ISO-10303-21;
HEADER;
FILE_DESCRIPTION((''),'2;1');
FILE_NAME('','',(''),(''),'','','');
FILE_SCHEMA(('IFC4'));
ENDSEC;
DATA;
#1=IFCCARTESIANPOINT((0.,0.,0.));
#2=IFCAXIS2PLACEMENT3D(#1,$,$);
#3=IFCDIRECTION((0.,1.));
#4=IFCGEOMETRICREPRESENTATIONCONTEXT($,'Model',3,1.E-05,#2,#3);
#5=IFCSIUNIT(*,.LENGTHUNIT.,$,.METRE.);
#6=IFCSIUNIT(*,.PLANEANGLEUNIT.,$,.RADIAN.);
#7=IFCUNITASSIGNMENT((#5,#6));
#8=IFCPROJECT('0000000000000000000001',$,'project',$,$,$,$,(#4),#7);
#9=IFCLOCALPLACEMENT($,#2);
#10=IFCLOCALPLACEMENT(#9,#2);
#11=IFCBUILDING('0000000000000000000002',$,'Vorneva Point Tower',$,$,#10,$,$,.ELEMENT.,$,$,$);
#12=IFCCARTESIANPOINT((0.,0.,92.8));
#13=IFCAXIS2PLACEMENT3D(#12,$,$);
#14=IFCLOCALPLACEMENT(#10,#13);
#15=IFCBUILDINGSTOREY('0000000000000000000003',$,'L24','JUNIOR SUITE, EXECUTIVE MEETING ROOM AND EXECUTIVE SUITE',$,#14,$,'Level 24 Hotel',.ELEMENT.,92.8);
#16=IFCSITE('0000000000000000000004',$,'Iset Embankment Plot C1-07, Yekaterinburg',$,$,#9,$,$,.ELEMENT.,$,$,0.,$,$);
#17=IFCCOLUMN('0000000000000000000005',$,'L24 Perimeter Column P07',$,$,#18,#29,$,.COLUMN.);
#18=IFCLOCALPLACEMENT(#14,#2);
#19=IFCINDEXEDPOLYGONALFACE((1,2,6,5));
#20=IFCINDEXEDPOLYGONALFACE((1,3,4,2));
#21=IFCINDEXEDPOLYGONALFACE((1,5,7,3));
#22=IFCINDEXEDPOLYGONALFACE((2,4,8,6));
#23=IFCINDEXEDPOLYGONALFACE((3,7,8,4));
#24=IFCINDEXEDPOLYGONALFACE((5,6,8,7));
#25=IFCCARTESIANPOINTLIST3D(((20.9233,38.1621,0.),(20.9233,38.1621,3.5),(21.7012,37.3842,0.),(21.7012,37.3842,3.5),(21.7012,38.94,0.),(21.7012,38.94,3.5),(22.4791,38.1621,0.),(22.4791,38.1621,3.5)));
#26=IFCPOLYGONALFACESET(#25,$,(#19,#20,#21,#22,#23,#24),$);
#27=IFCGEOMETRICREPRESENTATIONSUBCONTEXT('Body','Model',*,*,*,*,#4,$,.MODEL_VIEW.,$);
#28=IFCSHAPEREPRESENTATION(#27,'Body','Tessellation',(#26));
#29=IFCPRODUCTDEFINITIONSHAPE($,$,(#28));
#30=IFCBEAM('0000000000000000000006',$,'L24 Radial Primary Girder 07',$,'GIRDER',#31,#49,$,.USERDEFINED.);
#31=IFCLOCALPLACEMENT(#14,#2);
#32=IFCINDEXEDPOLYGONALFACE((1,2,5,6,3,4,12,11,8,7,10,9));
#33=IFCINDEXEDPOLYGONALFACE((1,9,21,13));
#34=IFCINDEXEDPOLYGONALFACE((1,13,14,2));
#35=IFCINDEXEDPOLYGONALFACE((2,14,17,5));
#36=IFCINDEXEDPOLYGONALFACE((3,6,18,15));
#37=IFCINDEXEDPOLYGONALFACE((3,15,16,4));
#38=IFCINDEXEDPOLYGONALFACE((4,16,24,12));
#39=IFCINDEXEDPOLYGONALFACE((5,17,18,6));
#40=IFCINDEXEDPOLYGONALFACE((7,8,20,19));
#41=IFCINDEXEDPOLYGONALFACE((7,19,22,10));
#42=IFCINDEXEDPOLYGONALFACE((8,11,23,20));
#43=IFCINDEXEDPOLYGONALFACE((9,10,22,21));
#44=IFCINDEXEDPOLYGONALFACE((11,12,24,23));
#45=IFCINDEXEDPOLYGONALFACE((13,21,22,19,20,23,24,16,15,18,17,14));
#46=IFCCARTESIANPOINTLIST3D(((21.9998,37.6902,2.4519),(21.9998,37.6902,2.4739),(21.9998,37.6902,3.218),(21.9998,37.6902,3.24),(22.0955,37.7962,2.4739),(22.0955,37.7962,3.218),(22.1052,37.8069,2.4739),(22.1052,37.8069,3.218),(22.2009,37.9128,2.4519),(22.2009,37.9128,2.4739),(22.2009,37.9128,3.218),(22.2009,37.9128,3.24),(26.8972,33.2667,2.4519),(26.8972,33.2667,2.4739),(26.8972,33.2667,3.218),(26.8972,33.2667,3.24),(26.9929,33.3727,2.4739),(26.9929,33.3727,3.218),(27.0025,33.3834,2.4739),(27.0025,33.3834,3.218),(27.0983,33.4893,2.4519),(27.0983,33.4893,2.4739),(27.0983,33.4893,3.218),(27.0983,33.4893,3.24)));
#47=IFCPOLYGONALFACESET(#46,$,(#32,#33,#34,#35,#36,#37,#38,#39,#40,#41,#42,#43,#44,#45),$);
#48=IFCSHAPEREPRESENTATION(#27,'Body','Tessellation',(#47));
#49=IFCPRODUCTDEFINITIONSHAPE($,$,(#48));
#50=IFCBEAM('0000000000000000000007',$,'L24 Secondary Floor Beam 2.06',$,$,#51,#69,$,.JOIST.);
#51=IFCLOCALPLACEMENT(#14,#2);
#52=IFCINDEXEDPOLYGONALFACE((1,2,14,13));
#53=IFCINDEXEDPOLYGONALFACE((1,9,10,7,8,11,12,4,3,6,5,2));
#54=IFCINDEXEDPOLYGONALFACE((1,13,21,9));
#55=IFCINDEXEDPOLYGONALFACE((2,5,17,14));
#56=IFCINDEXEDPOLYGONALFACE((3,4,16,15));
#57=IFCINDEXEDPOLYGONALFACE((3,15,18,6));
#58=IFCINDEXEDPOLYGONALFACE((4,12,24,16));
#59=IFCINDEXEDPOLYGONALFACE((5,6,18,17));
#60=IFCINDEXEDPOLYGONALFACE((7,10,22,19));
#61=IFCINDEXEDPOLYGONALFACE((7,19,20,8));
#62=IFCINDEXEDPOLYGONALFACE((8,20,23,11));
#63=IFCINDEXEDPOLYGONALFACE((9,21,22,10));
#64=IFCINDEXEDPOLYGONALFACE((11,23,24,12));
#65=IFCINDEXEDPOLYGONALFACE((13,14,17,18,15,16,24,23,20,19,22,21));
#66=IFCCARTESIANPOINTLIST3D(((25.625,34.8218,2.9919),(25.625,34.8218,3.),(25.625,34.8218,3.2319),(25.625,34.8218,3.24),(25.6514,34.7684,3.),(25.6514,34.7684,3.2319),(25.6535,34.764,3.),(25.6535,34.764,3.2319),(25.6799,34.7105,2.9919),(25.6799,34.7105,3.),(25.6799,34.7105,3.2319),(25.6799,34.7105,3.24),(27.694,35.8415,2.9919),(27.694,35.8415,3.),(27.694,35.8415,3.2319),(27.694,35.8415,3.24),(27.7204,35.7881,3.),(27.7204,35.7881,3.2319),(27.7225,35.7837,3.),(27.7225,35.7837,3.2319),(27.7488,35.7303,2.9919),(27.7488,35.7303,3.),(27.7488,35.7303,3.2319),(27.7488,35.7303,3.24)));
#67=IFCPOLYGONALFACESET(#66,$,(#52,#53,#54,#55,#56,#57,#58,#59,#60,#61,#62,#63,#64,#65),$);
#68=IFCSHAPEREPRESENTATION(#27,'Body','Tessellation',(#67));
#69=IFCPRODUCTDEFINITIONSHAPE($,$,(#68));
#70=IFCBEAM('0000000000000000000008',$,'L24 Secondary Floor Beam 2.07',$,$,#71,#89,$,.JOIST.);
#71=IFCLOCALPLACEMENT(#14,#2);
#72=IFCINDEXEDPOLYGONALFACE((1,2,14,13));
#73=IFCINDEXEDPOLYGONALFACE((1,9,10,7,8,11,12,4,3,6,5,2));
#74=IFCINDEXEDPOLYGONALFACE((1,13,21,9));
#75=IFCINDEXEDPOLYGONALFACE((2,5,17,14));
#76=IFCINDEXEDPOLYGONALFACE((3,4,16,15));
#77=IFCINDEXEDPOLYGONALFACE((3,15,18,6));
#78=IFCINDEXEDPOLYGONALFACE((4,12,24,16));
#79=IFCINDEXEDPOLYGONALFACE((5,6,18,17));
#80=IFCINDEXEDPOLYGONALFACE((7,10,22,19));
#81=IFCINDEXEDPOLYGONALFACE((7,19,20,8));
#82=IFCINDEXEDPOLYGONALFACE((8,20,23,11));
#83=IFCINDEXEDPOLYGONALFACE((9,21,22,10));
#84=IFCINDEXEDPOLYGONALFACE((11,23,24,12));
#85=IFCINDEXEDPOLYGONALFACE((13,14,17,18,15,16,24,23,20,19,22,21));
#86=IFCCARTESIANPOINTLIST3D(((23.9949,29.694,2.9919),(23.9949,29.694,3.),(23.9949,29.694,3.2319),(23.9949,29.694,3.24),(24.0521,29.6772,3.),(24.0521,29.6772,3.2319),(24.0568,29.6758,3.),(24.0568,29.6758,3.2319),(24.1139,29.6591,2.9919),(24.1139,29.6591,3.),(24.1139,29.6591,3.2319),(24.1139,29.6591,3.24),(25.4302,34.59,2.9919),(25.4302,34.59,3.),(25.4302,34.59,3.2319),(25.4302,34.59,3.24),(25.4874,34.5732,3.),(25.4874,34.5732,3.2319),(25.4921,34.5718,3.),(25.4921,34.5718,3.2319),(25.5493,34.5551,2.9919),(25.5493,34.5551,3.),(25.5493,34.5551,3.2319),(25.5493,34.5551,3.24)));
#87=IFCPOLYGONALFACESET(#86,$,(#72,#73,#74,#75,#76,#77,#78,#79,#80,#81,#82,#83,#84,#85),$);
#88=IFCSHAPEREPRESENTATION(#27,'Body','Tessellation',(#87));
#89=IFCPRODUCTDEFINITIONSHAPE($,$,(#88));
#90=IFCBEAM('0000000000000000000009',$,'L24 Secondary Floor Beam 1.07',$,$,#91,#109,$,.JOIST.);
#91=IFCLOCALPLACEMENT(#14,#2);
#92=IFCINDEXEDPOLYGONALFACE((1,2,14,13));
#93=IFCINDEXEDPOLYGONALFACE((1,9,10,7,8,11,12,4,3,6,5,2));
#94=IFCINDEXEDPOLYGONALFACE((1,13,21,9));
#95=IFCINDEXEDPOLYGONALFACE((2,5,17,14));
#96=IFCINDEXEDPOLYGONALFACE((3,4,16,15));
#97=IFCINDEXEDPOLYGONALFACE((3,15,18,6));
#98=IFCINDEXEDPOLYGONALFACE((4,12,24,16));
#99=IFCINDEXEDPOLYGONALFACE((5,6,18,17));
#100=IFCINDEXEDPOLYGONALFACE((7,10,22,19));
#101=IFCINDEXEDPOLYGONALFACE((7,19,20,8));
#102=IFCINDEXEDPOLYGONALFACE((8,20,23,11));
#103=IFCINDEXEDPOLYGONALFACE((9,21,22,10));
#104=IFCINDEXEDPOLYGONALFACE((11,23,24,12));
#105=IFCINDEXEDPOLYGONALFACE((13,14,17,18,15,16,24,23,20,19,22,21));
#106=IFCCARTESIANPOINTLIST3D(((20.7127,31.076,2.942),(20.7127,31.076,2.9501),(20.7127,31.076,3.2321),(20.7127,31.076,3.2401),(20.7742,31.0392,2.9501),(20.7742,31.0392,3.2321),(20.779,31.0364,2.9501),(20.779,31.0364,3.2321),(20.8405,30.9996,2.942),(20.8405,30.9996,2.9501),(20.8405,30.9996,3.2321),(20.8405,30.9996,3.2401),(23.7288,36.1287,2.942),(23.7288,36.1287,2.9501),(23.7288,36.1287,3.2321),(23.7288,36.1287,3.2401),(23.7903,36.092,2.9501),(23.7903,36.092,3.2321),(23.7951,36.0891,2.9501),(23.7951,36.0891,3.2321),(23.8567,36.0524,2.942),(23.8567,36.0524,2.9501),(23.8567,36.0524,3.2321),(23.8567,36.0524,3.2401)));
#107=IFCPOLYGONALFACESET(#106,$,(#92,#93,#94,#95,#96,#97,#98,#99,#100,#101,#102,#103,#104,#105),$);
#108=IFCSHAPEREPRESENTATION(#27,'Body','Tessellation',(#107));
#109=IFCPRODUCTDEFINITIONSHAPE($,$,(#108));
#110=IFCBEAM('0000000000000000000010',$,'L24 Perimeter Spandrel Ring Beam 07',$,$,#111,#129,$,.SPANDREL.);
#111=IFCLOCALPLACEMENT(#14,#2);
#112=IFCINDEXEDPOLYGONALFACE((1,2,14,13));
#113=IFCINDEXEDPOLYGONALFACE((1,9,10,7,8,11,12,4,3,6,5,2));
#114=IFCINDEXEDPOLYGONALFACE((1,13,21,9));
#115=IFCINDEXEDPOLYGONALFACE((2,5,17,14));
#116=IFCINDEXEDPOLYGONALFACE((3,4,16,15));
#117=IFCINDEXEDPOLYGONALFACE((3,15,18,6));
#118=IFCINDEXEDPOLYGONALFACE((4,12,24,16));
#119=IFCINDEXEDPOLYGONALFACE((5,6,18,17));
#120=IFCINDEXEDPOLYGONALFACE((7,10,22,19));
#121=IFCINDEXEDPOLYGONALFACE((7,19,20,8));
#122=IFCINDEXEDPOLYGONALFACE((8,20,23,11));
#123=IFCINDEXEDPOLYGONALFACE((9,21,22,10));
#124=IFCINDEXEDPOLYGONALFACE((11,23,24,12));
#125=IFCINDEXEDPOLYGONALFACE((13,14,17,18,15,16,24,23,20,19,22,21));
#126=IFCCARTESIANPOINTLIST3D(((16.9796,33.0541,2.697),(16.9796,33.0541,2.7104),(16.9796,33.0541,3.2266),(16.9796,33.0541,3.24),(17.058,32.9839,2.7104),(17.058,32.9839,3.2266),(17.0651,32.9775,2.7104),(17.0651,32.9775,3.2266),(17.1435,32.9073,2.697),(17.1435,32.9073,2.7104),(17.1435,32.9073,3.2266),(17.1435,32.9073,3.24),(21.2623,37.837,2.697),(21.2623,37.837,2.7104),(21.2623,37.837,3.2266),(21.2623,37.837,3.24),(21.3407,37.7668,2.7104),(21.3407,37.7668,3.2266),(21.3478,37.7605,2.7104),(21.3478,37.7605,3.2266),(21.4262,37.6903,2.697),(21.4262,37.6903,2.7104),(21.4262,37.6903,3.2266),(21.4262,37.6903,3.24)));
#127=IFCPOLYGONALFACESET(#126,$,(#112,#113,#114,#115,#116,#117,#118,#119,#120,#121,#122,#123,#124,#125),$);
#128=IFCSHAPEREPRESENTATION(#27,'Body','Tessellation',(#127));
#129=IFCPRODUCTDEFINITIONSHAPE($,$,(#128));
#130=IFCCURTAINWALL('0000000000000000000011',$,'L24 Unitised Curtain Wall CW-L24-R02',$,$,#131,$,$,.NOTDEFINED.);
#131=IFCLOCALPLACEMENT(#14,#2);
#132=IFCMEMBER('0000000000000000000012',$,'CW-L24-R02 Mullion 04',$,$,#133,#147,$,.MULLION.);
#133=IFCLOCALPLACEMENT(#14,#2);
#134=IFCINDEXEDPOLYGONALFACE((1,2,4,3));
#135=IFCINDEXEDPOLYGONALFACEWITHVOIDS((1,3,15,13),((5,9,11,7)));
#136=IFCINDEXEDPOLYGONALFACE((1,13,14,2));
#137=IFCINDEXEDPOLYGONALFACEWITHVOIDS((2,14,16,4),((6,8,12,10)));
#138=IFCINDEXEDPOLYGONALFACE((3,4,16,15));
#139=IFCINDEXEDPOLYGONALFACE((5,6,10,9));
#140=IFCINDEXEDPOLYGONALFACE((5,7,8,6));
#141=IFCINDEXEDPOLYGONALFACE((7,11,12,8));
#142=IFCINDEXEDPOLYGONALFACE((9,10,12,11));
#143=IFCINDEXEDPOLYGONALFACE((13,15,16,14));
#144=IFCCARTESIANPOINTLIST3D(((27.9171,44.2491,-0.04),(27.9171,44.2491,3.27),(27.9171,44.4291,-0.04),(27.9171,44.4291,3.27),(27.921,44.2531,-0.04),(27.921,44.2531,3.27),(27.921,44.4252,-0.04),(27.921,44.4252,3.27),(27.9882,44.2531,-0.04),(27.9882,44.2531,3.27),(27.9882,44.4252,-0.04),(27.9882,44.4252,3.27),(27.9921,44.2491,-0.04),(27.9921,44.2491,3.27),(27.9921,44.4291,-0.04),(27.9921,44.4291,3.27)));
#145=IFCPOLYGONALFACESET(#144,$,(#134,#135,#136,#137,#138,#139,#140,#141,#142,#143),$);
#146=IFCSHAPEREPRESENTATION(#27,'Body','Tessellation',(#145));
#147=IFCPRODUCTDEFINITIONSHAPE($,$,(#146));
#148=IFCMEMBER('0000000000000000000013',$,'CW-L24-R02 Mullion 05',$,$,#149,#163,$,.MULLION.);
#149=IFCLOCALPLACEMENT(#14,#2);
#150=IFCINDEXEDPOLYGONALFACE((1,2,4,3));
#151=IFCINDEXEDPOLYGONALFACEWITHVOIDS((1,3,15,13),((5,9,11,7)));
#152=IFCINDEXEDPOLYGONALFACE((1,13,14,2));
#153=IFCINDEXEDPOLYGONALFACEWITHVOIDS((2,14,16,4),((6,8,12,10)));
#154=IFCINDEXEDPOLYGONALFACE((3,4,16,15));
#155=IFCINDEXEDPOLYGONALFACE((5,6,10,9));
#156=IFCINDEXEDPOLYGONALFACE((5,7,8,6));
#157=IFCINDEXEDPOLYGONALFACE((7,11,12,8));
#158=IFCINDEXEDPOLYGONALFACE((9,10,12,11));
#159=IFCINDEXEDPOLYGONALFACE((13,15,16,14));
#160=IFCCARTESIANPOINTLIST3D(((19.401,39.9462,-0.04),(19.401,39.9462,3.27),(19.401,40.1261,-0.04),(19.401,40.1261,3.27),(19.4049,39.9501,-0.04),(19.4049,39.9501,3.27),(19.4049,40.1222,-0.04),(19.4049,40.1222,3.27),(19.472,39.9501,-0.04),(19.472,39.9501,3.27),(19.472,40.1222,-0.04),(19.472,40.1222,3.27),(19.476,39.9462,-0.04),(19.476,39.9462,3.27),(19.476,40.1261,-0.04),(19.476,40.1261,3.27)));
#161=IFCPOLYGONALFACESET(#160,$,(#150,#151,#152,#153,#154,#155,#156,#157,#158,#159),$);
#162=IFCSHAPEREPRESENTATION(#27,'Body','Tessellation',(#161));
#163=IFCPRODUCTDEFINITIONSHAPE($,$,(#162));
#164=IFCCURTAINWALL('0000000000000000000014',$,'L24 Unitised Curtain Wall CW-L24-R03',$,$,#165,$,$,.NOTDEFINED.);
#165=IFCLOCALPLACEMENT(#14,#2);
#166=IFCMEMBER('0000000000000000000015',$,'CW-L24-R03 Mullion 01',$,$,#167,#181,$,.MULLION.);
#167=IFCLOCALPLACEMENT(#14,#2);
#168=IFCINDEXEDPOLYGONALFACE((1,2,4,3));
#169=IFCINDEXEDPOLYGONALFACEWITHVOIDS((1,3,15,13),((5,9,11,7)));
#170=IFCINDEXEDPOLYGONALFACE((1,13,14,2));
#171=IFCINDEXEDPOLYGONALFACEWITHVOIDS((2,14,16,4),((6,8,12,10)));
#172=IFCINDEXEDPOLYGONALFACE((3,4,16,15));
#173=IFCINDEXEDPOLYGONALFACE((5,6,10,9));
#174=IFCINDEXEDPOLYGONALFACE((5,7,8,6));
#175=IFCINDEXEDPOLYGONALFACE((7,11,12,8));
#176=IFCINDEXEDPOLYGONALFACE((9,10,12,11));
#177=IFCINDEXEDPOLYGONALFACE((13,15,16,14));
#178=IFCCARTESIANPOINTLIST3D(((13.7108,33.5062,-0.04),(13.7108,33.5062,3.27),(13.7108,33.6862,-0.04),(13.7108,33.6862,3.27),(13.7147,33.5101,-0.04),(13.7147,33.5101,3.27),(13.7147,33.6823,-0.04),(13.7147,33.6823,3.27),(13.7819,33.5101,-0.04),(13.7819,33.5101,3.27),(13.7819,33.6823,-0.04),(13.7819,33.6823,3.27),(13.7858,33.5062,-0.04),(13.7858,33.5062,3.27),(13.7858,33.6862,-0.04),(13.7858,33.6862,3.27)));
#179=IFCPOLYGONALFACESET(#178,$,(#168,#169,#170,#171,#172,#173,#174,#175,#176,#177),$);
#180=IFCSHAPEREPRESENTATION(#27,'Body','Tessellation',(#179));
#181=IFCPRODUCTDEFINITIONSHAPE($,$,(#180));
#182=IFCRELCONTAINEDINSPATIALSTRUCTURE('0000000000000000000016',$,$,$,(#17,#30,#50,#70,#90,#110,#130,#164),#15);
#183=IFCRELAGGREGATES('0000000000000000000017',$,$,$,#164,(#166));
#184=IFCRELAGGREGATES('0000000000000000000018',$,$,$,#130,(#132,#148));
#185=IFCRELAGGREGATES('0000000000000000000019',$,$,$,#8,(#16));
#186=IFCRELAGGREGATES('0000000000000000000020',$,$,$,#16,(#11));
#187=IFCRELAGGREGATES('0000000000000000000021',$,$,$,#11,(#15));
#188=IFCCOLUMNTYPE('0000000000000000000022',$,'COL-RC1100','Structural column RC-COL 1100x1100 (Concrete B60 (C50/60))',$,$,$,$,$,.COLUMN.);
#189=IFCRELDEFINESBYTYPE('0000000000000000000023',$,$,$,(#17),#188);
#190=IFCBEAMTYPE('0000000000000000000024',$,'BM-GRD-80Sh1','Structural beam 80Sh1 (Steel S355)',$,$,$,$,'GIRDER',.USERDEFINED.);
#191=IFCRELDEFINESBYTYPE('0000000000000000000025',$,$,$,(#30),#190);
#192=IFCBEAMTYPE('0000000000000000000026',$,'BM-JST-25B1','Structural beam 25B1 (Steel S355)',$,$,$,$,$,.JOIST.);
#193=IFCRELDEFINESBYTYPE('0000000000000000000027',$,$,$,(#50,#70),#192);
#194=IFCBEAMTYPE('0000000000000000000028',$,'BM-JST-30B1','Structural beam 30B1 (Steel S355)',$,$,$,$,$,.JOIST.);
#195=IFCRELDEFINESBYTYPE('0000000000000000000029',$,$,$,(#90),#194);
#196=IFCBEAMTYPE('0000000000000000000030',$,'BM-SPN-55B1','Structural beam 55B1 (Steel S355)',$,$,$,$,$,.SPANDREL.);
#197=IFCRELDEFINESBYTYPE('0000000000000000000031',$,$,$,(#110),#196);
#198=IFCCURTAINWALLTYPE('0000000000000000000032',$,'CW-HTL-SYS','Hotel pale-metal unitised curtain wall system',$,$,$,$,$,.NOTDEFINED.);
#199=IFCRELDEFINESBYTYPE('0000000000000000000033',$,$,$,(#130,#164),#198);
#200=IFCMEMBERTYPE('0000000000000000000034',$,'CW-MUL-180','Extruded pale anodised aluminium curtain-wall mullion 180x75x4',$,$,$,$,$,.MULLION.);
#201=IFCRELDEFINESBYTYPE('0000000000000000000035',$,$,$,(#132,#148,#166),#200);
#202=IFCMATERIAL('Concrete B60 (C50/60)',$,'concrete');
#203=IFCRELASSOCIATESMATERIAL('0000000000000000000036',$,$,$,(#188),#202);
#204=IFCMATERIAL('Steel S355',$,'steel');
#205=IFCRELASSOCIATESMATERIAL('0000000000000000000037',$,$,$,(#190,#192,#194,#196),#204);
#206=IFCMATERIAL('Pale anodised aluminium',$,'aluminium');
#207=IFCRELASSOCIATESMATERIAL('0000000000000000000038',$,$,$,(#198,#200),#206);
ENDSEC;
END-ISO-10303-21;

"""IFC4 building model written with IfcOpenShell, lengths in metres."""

from ifc_helpers import new_model, si_unit, direction, frame, origin, origin_2d, place, context, subcontext, project, spatial, rectangle, hollow_rectangle, i_section, extrude, material, material_profile, profile_set, type_object, element, aggregate, save


model = new_model("IFC4")

# Units and contexts
model_context = context("Model", 3, precision=1e-05, world=origin(), true_north=direction((0.0, 1.0)))
body_context = subcontext(model_context, "Body", "Model", "MODEL_VIEW")
ifc_project = project(units=[si_unit("LENGTHUNIT", "METRE"), si_unit("PLANEANGLEUNIT", "RADIAN")], contexts=[model_context])

# Site, building, storey
site_placement = place(None, origin())
site = spatial("IfcSite", under=ifc_project, at=site_placement, Name="Iset Embankment Plot C1-07, Yekaterinburg", CompositionType="ELEMENT", RefElevation=0.0)
building_placement = place(site_placement, origin())
building = spatial("IfcBuilding", under=site, at=building_placement, Name="Vorneva Point Tower", CompositionType="ELEMENT")
storey_placement = place(building_placement, frame((0.0, 0.0, 92.8)))
storey = spatial("IfcBuildingStorey", under=building, at=storey_placement, Name="L24", Description="JUNIOR SUITE, EXECUTIVE MEETING ROOM AND EXECUTIVE SUITE", LongName="Level 24 Hotel", CompositionType="ELEMENT", Elevation=92.8)

# Column
ifc_material_1 = material(Name="Concrete B60 (C50/60)", Category="concrete")
ifc_material_profile_1 = material_profile(ifc_material_1, rectangle(XDim=1.1001, YDim=1.1001, at=origin_2d()), Name="RC-COL 1100x1100")
ifc_profile_set_1 = profile_set([ifc_material_profile_1], Name="Concrete B60 (C50/60)")
column_type = type_object("IfcColumnType", Name="COL-RC1100", Description="Structural column RC-COL 1100x1100 (Concrete B60 (C50/60))", PredefinedType="COLUMN", material=ifc_profile_set_1)
column_placement = place(storey_placement, frame((21.7012, 38.1621, 0.0), z_axis=(0.0, 0.0, 1.0), x_axis=(-0.707107, 0.707107, 0.0)))
element("IfcColumn", 1, at=column_placement, inside=storey, type_object=column_type, Name="L24 Perimeter Column P07", PredefinedType="COLUMN", context=body_context, shape_type="SweptSolid", body=[
    extrude(rectangle(XDim=1.1001, YDim=1.1001, at=origin_2d()), origin(), (0.0, 0.0, 1.0), 3.5),
])

# Beams
ifc_material_2 = material(Name="Steel S355", Category="steel")
ifc_material_profile_2 = material_profile(ifc_material_2, i_section(OverallWidth=0.3, OverallDepth=0.7881, WebThickness=0.0144, FlangeThickness=0.022, at=origin_2d()), Name="80Sh1")
ifc_profile_set_2 = profile_set([ifc_material_profile_2], Name="Steel S355")
beam_type_1 = type_object("IfcBeamType", Name="BM-GRD-80Sh1", Description="Structural beam 80Sh1 (Steel S355)", ElementType="GIRDER", PredefinedType="USERDEFINED", material=ifc_profile_set_2)
beam_1_placement = place(storey_placement, frame((22.1003, 37.8015, 2.8459), z_axis=(0.742097, -0.670292, 0.0), x_axis=(0.670292, 0.742097, 0.0)))
element("IfcBeam", 2, at=beam_1_placement, inside=storey, type_object=beam_type_1, Name="L24 Radial Primary Girder 07", ObjectType="GIRDER", PredefinedType="USERDEFINED", context=body_context, shape_type="SweptSolid", body=[
    extrude(i_section(OverallWidth=0.3, OverallDepth=0.7881, WebThickness=0.0144, FlangeThickness=0.022, at=origin_2d()), origin(), (0.0, 0.0, 1.0), 6.5994),
])
ifc_material_profile_3 = material_profile(ifc_material_2, i_section(OverallWidth=0.124, OverallDepth=0.248, WebThickness=0.0049, FlangeThickness=0.0081, at=origin_2d()), Name="25B1")
ifc_profile_set_3 = profile_set([ifc_material_profile_3], Name="Steel S355")
beam_type_2 = type_object("IfcBeamType", Name="BM-JST-25B1", Description="Structural beam 25B1 (Steel S355)", PredefinedType="JOIST", material=ifc_profile_set_3)
beam_2_placement = place(storey_placement, frame((27.7214, 35.7859, 3.116), z_axis=(-0.896974, -0.442084, 0.0), x_axis=(0.442084, -0.896974, 0.0)))
element("IfcBeam", 3, at=beam_2_placement, inside=storey, type_object=beam_type_2, Name="L24 Secondary Floor Beam 2.06", PredefinedType="JOIST", context=body_context, shape_type="SweptSolid", body=[
    extrude(i_section(OverallWidth=0.124, OverallDepth=0.248, WebThickness=0.0049, FlangeThickness=0.0081, at=origin_2d()), origin(), (0.0, 0.0, 1.0), 2.3066),
])
beam_3_placement = place(storey_placement, frame((25.4897, 34.5725, 3.116), z_axis=(-0.281319, -0.959614, 0.0), x_axis=(0.959614, -0.281319, 0.0)))
element("IfcBeam", 4, at=beam_3_placement, inside=storey, type_object=beam_type_2, Name="L24 Secondary Floor Beam 2.07", PredefinedType="JOIST", context=body_context, shape_type="SweptSolid", body=[
    extrude(i_section(OverallWidth=0.124, OverallDepth=0.248, WebThickness=0.0049, FlangeThickness=0.0081, at=origin_2d()), origin(), (0.0, 0.0, 1.0), 5.1021),
])
ifc_material_profile_4 = material_profile(ifc_material_2, i_section(OverallWidth=0.1489, OverallDepth=0.2981, WebThickness=0.0056, FlangeThickness=0.0081, at=origin_2d()), Name="30B1")
ifc_profile_set_4 = profile_set([ifc_material_profile_4], Name="Steel S355")
beam_type_3 = type_object("IfcBeamType", Name="BM-JST-30B1", Description="Structural beam 30B1 (Steel S355)", PredefinedType="JOIST", material=ifc_profile_set_4)
beam_4_placement = place(storey_placement, frame((23.7927, 36.0906, 3.0911), z_axis=(-0.512554, -0.858655, 0.0), x_axis=(0.858655, -0.512554, 0.0)))
element("IfcBeam", 5, at=beam_4_placement, inside=storey, type_object=beam_type_3, Name="L24 Secondary Floor Beam 1.07", PredefinedType="JOIST", context=body_context, shape_type="SweptSolid", body=[
    extrude(i_section(OverallWidth=0.1489, OverallDepth=0.2981, WebThickness=0.0056, FlangeThickness=0.0081, at=origin_2d()), origin(), (0.0, 0.0, 1.0), 5.8845),
])
ifc_material_profile_5 = material_profile(ifc_material_2, i_section(OverallWidth=0.22, OverallDepth=0.543, WebThickness=0.0095, FlangeThickness=0.0134, at=origin_2d()), Name="55B1")
ifc_profile_set_5 = profile_set([ifc_material_profile_5], Name="Steel S355")
beam_type_4 = type_object("IfcBeamType", Name="BM-SPN-55B1", Description="Structural beam 55B1 (Steel S355)", PredefinedType="SPANDREL", material=ifc_profile_set_5)
beam_5_placement = place(storey_placement, frame((21.3442, 37.7637, 2.9685), z_axis=(-0.667074, -0.744992, 0.0), x_axis=(0.744992, -0.667074, 0.0)))
element("IfcBeam", 6, at=beam_5_placement, inside=storey, type_object=beam_type_4, Name="L24 Perimeter Spandrel Ring Beam 07", PredefinedType="SPANDREL", context=body_context, shape_type="SweptSolid", body=[
    extrude(i_section(OverallWidth=0.22, OverallDepth=0.543, WebThickness=0.0095, FlangeThickness=0.0134, at=origin_2d()), origin(), (0.0, 0.0, 1.0), 6.4202),
])

# Curtain wall, members
ifc_material_3 = material(Name="Pale anodised aluminium", Category="aluminium")
curtain_wall_type = type_object("IfcCurtainWallType", Name="CW-HTL-SYS", Description="Hotel pale-metal unitised curtain wall system", PredefinedType="NOTDEFINED", material=ifc_material_3)
curtain_wall_1_placement = place(storey_placement, origin())
curtain_wall_1 = element("IfcCurtainWall", 7, at=curtain_wall_1_placement, inside=storey, type_object=curtain_wall_type, Name="L24 Unitised Curtain Wall CW-L24-R02", PredefinedType="NOTDEFINED")
ifc_material_profile_6 = material_profile(ifc_material_3, hollow_rectangle(XDim=0.075, YDim=0.1799, WallThickness=0.0039, at=origin_2d()), Name="AL-MUL 180x75x4")
ifc_profile_set_6 = profile_set([ifc_material_profile_6], Name="Pale anodised aluminium")
member_type_1 = type_object("IfcMemberType", Name="CW-MUL-180", Description="Extruded pale anodised aluminium curtain-wall mullion 180x75x4", PredefinedType="MULLION", material=ifc_profile_set_6)
member_1_placement = place(storey_placement, frame((27.9546, 44.3391, -0.04), z_axis=(0.0, 0.0, 1.0), x_axis=(1.0, 0.0, 0.0)))
member_1 = element("IfcMember", 8, at=member_1_placement, type_object=member_type_1, Name="CW-L24-R02 Mullion 04", PredefinedType="MULLION", context=body_context, shape_type="SweptSolid", body=[
    extrude(hollow_rectangle(XDim=0.075, YDim=0.1799, WallThickness=0.0039, at=origin_2d()), origin(), (0.0, 0.0, 1.0), 3.3101),
])
member_2_placement = place(storey_placement, frame((19.4385, 40.0361, -0.04), z_axis=(0.0, 0.0, 1.0), x_axis=(1.0, 0.0, 0.0)))
member_2 = element("IfcMember", 9, at=member_2_placement, type_object=member_type_1, Name="CW-L24-R02 Mullion 05", PredefinedType="MULLION", context=body_context, shape_type="SweptSolid", body=[
    extrude(hollow_rectangle(XDim=0.075, YDim=0.1799, WallThickness=0.0039, at=origin_2d()), origin(), (0.0, 0.0, 1.0), 3.3101),
])

# Curtain wall, member
curtain_wall_2_placement = place(storey_placement, origin())
curtain_wall_2 = element("IfcCurtainWall", 10, at=curtain_wall_2_placement, inside=storey, type_object=curtain_wall_type, Name="L24 Unitised Curtain Wall CW-L24-R03", PredefinedType="NOTDEFINED")
member_3_placement = place(storey_placement, frame((13.7483, 33.5962, -0.04), z_axis=(0.0, 0.0, 1.0), x_axis=(1.0, 0.0, 0.0)))
member_3 = element("IfcMember", 11, at=member_3_placement, type_object=member_type_1, Name="CW-L24-R03 Mullion 01", PredefinedType="MULLION", context=body_context, shape_type="SweptSolid", body=[
    extrude(hollow_rectangle(XDim=0.075, YDim=0.1799, WallThickness=0.0039, at=origin_2d()), origin(), (0.0, 0.0, 1.0), 3.3101),
])

aggregate(curtain_wall_2, [member_3])

aggregate(curtain_wall_1, [member_1, member_2])

save(model, "model.ifc")
